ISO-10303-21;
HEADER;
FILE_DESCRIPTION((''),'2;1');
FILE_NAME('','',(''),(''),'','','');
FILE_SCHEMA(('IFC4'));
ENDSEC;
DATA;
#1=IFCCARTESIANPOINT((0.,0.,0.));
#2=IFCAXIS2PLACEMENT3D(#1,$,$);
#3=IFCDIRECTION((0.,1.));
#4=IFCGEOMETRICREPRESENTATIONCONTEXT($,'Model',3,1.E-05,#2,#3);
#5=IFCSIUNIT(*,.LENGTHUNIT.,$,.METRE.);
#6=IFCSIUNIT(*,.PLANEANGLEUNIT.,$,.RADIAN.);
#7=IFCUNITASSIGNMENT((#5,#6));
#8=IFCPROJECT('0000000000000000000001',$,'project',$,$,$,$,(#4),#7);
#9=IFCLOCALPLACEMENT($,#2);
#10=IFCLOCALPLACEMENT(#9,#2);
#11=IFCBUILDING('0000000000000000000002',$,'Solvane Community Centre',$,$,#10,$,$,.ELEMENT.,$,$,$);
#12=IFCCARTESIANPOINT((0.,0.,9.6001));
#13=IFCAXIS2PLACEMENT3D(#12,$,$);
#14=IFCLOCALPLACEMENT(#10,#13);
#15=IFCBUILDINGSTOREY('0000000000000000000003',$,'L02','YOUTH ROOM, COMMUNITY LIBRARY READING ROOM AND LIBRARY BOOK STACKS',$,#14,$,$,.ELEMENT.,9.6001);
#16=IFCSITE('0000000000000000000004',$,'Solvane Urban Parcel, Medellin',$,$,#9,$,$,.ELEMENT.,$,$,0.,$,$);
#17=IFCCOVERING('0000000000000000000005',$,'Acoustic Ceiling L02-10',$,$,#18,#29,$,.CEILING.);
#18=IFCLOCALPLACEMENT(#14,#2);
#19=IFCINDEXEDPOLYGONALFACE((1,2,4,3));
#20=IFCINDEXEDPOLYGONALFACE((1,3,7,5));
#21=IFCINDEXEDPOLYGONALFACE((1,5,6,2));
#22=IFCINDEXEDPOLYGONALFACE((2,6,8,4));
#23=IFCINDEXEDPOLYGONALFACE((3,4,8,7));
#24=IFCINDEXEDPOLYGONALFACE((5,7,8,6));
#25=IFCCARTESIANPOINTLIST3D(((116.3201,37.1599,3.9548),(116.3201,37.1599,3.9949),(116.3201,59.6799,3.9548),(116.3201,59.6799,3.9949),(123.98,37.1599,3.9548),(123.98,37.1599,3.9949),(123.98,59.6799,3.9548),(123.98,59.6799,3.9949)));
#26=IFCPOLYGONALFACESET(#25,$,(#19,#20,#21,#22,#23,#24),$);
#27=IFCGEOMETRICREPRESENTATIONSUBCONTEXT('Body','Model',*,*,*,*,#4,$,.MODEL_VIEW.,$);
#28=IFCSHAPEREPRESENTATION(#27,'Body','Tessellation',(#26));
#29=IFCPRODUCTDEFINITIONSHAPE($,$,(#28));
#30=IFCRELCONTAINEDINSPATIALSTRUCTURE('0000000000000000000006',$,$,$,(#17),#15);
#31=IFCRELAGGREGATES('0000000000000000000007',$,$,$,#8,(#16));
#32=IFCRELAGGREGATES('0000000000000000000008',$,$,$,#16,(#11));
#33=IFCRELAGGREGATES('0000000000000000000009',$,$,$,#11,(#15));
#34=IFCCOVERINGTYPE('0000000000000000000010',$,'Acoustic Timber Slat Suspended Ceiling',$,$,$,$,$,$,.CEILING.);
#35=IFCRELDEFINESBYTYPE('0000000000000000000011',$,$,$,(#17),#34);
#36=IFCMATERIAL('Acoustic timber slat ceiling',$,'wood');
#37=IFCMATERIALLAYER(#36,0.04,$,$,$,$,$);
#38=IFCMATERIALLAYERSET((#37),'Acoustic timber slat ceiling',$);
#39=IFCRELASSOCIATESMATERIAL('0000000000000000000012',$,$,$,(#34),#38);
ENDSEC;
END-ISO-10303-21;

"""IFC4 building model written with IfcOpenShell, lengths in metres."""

from ifc_helpers import new_model, si_unit, direction, frame, origin, place, context, subcontext, project, spatial, polyline, outline, extrude, material, layer, layer_set, type_object, element, save


model = new_model("IFC4")

# Units and contexts
model_context = context("Model", 3, precision=1e-05, world=origin(), true_north=direction((0.0, 1.0)))
body_context = subcontext(model_context, "Body", "Model", "MODEL_VIEW")
ifc_project = project(units=[si_unit("LENGTHUNIT", "METRE"), si_unit("PLANEANGLEUNIT", "RADIAN")], contexts=[model_context])

# Site, building, storey
site_placement = place(None, origin())
site = spatial("IfcSite", under=ifc_project, at=site_placement, Name="Solvane Urban Parcel, Medellin", CompositionType="ELEMENT", RefElevation=0.0)
building_placement = place(site_placement, origin())
building = spatial("IfcBuilding", under=site, at=building_placement, Name="Solvane Community Centre", CompositionType="ELEMENT")
storey_placement = place(building_placement, frame((0.0, 0.0, 9.6001)))
storey = spatial("IfcBuildingStorey", under=building, at=storey_placement, Name="L02", Description="YOUTH ROOM, COMMUNITY LIBRARY READING ROOM AND LIBRARY BOOK STACKS", CompositionType="ELEMENT", Elevation=9.6001)

# Covering
ifc_material_1 = material(Name="Acoustic timber slat ceiling", Category="wood")
ifc_layer_1 = layer(ifc_material_1, 0.04)
ifc_layer_set_1 = layer_set([ifc_layer_1], Name="Acoustic timber slat ceiling")
covering_type = type_object("IfcCoveringType", Name="Acoustic Timber Slat Suspended Ceiling", PredefinedType="CEILING", material=ifc_layer_set_1)
covering_1_placement = place(storey_placement, frame((0.0, 0.0, 3.9548)))
element("IfcCovering", 1, at=covering_1_placement, inside=storey, type_object=covering_type, Name="Acoustic Ceiling L02-10", PredefinedType="CEILING", context=body_context, shape_type="SweptSolid", body=[
    extrude(outline(polyline([(116.3201, 59.6799), (123.98, 59.6799), (123.98, 37.1599), (116.3201, 37.1599), (116.3201, 59.6799)])), origin(), (0.0, 0.0, 1.0), 0.04),
])

save(model, "model.ifc")
